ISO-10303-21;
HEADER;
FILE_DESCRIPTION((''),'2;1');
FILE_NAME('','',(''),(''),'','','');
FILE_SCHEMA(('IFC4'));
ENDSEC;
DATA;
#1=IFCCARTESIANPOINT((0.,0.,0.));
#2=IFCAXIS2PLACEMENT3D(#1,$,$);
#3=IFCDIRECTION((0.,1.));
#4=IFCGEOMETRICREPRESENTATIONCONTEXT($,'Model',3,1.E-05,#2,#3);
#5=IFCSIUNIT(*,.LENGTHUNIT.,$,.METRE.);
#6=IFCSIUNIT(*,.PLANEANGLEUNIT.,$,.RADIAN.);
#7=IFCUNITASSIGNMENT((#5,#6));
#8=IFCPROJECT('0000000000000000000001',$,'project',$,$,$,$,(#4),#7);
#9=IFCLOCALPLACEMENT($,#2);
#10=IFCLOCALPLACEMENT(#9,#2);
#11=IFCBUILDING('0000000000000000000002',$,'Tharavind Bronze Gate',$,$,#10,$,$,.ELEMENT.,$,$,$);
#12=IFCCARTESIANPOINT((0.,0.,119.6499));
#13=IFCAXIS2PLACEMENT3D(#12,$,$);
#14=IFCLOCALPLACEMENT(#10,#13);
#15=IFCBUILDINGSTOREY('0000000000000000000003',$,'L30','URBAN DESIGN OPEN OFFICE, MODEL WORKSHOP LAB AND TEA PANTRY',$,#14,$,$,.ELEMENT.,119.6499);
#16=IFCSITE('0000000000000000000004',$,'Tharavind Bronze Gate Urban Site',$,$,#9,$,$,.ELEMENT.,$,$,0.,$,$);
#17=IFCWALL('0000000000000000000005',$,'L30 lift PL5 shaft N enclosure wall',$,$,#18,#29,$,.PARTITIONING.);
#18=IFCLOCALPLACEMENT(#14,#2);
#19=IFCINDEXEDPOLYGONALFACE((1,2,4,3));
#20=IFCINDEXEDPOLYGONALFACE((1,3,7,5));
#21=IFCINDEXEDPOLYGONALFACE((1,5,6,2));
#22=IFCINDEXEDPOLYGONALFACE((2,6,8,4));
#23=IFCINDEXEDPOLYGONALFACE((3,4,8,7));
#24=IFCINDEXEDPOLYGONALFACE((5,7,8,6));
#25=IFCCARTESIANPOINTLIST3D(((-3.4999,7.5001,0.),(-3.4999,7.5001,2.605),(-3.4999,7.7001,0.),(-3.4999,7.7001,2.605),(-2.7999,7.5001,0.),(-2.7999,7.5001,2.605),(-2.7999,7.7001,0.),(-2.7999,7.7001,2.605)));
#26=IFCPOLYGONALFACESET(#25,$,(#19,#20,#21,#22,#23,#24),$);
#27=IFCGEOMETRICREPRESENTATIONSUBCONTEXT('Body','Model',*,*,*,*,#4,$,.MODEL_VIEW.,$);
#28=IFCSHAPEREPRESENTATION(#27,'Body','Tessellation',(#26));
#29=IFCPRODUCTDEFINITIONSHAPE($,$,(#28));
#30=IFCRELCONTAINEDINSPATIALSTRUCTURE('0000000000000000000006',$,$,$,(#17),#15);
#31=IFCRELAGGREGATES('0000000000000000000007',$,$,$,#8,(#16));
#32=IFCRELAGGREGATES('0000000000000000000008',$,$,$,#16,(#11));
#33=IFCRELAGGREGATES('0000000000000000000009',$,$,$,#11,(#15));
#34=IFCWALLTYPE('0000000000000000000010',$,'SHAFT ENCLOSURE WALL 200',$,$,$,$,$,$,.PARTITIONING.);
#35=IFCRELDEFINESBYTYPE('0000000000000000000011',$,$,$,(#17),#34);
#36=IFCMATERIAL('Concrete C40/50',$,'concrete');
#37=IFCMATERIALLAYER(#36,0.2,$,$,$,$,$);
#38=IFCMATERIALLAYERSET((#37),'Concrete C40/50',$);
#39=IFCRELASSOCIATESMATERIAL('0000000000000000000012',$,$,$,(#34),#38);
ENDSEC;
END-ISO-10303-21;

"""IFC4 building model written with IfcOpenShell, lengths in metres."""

from ifc_helpers import new_model, si_unit, direction, frame, frame_2d, origin, place, context, subcontext, project, spatial, rectangle, extrude, material, layer, layer_set, type_object, element, save


model = new_model("IFC4")

# Units and contexts
model_context = context("Model", 3, precision=1e-05, world=origin(), true_north=direction((0.0, 1.0)))
body_context = subcontext(model_context, "Body", "Model", "MODEL_VIEW")
ifc_project = project(units=[si_unit("LENGTHUNIT", "METRE"), si_unit("PLANEANGLEUNIT", "RADIAN")], contexts=[model_context])

# Site, building, storey
site_placement = place(None, origin())
site = spatial("IfcSite", under=ifc_project, at=site_placement, Name="Tharavind Bronze Gate Urban Site", CompositionType="ELEMENT", RefElevation=0.0)
building_placement = place(site_placement, origin())
building = spatial("IfcBuilding", under=site, at=building_placement, Name="Tharavind Bronze Gate", CompositionType="ELEMENT")
storey_placement = place(building_placement, frame((0.0, 0.0, 119.6499)))
storey = spatial("IfcBuildingStorey", under=building, at=storey_placement, Name="L30", Description="URBAN DESIGN OPEN OFFICE, MODEL WORKSHOP LAB AND TEA PANTRY", CompositionType="ELEMENT", Elevation=119.6499)

# Shared definitions
ifc_material_1 = material(Name="Concrete C40/50", Category="concrete")

# Wall
ifc_layer_1 = layer(ifc_material_1, 0.2)
ifc_layer_set_1 = layer_set([ifc_layer_1], Name="Concrete C40/50")
wall_type_1 = type_object("IfcWallType", Name="SHAFT ENCLOSURE WALL 200", PredefinedType="PARTITIONING", material=ifc_layer_set_1)
wall_1_placement = place(storey_placement, frame((-3.5, 7.6001, 0.0), z_axis=(0.0, 0.0, 1.0), x_axis=(1.0, 0.0, 0.0)))
element("IfcWall", 1, at=wall_1_placement, inside=storey, type_object=wall_type_1, Name="L30 lift PL5 shaft N enclosure wall", PredefinedType="PARTITIONING", context=body_context, shape_type="SweptSolid", body=[
    extrude(rectangle(XDim=0.7, YDim=0.2, at=frame_2d((0.3501, 0.0))), origin(), (0.0, 0.0, 1.0), 2.605),
])

save(model, "model.ifc")
